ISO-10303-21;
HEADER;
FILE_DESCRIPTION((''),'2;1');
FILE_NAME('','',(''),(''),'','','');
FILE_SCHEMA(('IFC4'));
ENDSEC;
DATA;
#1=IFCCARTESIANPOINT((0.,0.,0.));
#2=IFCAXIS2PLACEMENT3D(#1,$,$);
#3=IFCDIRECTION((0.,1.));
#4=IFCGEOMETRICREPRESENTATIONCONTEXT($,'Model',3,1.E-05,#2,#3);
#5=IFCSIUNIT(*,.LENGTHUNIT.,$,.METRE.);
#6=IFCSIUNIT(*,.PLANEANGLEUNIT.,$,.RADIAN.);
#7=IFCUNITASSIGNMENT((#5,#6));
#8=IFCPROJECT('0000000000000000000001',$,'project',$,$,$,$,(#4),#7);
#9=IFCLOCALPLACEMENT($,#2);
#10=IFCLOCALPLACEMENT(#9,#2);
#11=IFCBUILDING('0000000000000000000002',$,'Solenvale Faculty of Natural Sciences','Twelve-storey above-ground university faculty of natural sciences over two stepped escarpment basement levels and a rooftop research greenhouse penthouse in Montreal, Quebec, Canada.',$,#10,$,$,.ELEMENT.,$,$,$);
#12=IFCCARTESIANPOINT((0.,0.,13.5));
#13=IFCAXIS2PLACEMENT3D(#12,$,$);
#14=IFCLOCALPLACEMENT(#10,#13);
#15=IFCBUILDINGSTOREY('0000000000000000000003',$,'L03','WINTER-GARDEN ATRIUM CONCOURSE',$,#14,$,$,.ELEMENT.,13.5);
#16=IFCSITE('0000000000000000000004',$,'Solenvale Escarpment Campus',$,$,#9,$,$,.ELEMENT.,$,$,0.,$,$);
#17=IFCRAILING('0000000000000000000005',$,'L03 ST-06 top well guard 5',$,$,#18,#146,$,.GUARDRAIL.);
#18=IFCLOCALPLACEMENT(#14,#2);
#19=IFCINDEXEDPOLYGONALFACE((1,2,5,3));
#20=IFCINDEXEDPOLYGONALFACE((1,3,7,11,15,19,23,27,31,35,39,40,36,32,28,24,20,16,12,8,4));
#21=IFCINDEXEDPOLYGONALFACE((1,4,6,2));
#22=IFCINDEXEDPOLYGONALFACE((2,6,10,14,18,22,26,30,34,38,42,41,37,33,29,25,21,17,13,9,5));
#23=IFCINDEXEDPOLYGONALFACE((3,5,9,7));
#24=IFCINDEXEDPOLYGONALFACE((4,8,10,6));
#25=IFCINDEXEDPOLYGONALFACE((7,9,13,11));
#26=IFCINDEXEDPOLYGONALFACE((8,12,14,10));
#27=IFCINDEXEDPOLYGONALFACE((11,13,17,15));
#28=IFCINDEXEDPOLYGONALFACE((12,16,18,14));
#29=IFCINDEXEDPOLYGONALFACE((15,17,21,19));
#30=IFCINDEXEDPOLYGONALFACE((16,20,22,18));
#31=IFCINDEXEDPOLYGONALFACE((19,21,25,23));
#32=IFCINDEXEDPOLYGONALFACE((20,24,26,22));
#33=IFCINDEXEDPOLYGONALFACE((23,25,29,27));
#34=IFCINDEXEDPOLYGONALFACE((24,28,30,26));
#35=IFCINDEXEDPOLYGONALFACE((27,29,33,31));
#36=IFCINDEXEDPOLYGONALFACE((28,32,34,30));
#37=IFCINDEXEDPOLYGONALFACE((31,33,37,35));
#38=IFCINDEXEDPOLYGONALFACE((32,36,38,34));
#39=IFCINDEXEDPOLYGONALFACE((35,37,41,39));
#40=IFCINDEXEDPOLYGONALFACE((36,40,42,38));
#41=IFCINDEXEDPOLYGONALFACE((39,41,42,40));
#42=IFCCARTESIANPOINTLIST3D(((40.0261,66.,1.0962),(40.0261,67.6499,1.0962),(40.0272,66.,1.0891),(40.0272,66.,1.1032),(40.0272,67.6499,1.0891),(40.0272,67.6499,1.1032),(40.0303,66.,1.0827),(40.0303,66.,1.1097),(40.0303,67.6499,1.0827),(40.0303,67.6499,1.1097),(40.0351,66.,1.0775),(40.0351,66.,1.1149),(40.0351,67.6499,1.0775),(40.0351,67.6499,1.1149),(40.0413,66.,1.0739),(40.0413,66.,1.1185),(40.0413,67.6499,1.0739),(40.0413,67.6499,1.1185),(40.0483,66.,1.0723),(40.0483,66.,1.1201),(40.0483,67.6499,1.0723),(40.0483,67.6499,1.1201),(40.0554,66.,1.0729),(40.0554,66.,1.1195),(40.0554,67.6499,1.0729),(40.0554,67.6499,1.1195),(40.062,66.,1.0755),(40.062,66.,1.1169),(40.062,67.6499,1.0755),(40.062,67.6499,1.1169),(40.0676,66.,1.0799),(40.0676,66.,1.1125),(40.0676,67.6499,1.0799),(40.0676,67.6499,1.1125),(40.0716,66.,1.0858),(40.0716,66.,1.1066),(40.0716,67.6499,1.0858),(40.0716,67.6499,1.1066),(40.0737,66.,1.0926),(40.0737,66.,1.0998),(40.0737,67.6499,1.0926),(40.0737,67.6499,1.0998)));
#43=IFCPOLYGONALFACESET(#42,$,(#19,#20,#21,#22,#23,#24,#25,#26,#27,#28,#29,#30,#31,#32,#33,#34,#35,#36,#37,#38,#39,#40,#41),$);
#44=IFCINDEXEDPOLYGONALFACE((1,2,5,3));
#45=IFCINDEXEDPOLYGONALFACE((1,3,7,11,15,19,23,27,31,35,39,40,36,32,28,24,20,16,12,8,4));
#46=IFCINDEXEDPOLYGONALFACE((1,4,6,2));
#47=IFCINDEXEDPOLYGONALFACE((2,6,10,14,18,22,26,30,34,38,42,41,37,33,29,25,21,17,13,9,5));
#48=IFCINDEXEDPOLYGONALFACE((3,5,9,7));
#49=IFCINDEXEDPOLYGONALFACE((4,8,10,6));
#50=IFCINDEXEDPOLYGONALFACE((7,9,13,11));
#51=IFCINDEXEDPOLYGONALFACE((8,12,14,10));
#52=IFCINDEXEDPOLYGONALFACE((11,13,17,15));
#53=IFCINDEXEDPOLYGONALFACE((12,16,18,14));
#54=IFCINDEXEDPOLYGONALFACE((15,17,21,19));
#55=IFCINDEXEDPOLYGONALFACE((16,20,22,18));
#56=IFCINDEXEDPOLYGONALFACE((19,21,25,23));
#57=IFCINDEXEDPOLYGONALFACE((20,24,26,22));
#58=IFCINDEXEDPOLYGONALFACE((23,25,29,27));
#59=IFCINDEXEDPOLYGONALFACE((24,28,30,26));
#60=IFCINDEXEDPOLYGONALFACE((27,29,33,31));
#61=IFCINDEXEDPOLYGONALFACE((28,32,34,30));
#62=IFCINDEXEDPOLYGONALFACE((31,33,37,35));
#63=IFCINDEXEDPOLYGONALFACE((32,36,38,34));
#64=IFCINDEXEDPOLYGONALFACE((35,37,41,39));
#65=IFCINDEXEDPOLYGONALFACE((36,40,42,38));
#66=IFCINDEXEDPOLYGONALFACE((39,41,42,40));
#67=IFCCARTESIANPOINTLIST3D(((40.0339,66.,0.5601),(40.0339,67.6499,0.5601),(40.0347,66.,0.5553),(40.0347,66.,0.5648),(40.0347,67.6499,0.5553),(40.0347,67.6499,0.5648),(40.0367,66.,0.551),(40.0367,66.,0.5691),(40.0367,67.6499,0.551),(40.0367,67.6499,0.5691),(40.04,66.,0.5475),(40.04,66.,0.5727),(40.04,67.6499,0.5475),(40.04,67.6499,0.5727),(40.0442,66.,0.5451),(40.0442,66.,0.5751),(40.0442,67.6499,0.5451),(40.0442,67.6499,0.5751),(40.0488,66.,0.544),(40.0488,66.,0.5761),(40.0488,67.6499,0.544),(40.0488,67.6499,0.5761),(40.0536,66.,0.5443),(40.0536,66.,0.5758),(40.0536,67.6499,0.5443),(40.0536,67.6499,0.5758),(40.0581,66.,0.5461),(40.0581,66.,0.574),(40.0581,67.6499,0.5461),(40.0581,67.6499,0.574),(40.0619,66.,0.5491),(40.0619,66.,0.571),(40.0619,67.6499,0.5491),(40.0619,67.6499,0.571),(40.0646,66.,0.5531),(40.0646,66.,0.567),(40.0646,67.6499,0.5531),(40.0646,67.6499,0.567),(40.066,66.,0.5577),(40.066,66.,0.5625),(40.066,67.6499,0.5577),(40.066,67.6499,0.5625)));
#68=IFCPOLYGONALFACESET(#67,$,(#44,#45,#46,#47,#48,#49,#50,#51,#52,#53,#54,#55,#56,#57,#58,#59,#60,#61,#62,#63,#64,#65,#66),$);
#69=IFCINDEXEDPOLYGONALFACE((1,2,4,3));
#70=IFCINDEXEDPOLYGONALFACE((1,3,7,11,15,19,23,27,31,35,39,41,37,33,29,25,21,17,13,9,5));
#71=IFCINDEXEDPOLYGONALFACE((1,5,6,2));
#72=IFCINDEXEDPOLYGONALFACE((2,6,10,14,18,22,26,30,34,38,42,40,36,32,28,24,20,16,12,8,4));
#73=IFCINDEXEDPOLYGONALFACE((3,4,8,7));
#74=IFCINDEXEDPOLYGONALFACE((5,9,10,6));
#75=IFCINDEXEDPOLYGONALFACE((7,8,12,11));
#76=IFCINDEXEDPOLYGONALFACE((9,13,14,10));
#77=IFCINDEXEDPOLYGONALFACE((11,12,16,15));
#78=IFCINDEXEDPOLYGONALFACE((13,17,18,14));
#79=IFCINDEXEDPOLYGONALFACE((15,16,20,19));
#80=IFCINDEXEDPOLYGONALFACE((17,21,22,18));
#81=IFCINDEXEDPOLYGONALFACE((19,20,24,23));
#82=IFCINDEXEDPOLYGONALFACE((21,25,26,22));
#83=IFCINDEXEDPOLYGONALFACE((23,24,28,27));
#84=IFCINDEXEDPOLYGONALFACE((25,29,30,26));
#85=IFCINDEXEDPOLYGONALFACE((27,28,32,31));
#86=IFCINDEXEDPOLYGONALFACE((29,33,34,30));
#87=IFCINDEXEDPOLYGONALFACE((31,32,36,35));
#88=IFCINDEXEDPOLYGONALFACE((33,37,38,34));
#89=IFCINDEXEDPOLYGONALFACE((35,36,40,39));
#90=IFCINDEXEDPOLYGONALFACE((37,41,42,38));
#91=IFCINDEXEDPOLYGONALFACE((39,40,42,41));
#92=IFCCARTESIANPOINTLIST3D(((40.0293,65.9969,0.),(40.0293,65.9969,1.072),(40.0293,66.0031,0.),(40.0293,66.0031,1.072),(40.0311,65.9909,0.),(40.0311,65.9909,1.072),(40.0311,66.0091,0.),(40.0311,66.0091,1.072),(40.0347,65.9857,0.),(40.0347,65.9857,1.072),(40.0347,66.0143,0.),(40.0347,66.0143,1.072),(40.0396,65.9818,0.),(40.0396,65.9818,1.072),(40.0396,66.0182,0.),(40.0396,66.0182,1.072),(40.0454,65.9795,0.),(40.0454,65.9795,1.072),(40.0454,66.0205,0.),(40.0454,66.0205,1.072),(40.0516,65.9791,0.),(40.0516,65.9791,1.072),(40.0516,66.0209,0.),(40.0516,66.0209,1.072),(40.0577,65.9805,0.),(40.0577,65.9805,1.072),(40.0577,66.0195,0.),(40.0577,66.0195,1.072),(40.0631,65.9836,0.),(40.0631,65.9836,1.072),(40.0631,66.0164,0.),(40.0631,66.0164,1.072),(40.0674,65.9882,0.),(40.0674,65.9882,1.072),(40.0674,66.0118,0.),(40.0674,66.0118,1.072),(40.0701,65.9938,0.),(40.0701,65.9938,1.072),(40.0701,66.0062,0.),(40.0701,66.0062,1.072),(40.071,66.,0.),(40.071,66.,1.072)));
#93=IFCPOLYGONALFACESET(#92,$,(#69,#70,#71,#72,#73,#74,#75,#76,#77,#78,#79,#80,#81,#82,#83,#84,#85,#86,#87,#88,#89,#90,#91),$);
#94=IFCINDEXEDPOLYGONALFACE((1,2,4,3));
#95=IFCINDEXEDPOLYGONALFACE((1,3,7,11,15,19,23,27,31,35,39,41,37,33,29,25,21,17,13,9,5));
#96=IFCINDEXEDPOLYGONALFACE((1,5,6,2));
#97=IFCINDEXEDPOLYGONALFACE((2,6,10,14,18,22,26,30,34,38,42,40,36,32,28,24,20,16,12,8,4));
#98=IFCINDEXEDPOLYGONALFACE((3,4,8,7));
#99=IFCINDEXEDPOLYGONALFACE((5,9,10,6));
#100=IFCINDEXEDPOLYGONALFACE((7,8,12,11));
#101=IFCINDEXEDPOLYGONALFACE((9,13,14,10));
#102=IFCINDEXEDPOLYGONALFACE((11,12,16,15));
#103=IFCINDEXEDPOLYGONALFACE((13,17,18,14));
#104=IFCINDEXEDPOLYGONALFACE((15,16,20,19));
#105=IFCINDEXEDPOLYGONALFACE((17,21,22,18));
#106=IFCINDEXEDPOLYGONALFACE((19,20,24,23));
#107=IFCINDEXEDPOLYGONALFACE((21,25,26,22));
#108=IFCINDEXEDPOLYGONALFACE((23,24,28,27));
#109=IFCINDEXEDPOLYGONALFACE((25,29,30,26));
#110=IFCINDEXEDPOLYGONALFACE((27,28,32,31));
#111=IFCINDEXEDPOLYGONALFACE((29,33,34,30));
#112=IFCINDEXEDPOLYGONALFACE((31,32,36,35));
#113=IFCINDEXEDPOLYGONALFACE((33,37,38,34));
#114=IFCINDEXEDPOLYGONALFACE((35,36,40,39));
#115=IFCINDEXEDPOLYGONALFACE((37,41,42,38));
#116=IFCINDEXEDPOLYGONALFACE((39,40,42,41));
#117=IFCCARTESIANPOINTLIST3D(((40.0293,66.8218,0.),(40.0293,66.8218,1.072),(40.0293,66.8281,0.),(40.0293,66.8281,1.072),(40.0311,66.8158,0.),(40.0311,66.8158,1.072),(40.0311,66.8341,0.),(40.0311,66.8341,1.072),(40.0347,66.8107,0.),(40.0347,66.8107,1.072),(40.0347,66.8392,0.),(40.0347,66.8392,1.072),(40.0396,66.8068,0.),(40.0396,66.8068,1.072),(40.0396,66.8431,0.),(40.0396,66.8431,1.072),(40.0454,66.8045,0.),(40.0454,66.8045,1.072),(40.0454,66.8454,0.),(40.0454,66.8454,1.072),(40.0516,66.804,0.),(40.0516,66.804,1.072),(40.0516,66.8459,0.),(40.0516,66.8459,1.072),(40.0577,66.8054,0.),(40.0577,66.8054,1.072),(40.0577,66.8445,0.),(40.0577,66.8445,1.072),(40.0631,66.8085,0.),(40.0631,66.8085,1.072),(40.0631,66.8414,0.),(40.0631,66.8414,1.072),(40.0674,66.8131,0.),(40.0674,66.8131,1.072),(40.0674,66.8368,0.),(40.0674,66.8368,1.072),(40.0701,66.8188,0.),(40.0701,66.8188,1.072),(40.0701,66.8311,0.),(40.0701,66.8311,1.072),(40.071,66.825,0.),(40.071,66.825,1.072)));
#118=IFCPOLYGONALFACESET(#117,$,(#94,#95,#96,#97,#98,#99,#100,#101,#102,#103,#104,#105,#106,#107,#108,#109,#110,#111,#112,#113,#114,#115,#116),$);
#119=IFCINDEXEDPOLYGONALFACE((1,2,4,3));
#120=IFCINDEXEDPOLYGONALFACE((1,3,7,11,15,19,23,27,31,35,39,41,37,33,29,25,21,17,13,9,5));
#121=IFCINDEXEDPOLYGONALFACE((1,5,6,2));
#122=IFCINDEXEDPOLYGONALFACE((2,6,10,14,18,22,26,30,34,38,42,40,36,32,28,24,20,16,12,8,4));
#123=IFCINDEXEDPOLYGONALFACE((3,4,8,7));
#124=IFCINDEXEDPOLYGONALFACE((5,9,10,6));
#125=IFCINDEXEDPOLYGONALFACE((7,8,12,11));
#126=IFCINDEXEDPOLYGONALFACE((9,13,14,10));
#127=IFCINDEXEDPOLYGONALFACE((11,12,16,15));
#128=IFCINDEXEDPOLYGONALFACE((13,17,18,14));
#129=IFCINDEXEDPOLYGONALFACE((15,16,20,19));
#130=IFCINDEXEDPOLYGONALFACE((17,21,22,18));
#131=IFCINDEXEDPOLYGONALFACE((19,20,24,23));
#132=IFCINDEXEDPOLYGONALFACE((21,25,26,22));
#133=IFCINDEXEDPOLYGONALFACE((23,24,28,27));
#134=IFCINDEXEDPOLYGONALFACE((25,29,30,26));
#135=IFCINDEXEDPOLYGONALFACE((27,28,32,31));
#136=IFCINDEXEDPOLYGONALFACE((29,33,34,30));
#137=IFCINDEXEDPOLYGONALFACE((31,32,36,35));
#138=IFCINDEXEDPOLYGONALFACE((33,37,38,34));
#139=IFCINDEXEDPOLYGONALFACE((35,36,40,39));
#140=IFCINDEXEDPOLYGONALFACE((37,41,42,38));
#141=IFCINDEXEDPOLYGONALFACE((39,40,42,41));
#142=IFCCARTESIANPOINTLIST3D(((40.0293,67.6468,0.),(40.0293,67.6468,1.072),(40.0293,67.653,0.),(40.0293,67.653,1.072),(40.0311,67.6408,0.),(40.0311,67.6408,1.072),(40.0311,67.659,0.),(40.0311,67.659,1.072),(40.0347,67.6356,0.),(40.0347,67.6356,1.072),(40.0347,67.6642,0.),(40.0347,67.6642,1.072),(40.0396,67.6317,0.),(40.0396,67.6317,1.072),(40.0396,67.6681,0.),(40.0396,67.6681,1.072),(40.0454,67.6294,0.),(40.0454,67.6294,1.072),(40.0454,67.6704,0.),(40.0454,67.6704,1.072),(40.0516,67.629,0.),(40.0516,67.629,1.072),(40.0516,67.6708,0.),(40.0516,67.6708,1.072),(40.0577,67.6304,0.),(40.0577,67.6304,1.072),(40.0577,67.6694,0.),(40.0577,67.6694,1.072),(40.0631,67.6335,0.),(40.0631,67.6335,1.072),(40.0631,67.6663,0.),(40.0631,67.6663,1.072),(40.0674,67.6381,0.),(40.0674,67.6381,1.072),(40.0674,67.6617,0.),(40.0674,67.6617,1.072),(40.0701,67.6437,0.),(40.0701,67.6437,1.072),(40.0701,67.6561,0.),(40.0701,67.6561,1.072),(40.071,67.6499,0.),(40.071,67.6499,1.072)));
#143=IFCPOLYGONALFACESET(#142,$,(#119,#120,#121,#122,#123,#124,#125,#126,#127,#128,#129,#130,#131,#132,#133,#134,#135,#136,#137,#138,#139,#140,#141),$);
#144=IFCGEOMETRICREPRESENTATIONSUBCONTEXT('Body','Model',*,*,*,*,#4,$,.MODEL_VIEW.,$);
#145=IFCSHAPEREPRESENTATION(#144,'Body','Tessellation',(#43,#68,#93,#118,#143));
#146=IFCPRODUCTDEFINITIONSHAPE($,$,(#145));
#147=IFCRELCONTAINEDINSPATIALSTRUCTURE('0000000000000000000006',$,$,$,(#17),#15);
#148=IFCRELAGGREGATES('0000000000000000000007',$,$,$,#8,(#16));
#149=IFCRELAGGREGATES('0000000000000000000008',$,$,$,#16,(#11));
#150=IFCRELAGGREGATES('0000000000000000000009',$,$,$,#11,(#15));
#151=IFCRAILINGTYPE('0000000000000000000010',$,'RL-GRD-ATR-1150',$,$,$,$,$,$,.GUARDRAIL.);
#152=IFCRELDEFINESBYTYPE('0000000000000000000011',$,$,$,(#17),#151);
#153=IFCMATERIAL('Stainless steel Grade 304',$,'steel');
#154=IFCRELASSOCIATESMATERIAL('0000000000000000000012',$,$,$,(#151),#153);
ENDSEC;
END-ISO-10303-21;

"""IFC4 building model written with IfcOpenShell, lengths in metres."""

from ifc_helpers import new_model, si_unit, direction, frame, origin, origin_2d, place, context, subcontext, project, spatial, circle, extrude, material, type_object, element, save


model = new_model("IFC4")

# Units and contexts
model_context = context("Model", 3, precision=1e-05, world=origin(), true_north=direction((0.0, 1.0)))
body_context = subcontext(model_context, "Body", "Model", "MODEL_VIEW")
ifc_project = project(units=[si_unit("LENGTHUNIT", "METRE"), si_unit("PLANEANGLEUNIT", "RADIAN")], contexts=[model_context])

# Site, building, storey
site_placement = place(None, origin())
site = spatial("IfcSite", under=ifc_project, at=site_placement, Name="Solenvale Escarpment Campus", CompositionType="ELEMENT", RefElevation=0.0)
building_placement = place(site_placement, origin())
building = spatial("IfcBuilding", under=site, at=building_placement, Name="Solenvale Faculty of Natural Sciences", Description="Twelve-storey above-ground university faculty of natural sciences over two stepped escarpment basement levels and a rooftop research greenhouse penthouse in Montreal, Quebec, Canada.", CompositionType="ELEMENT")
storey_placement = place(building_placement, frame((0.0, 0.0, 13.5)))
storey = spatial("IfcBuildingStorey", under=building, at=storey_placement, Name="L03", Description="WINTER-GARDEN ATRIUM CONCOURSE", CompositionType="ELEMENT", Elevation=13.5)

# Railing
ifc_material_1 = material(Name="Stainless steel Grade 304", Category="steel")
railing_type = type_object("IfcRailingType", Name="RL-GRD-ATR-1150", PredefinedType="GUARDRAIL", material=ifc_material_1)
for number, where, name in (
    (1, (40.05, 66.0, 0.0), "L03 ST-06 top well guard 5"),
):
    element("IfcRailing", number, at=place(storey_placement, frame(where)), inside=storey, type_object=railing_type, Name=name, PredefinedType="GUARDRAIL", context=body_context, shape_type="SweptSolid", body=[
        extrude(circle(Radius=0.0239, at=origin_2d()), frame((0.0, 0.0, 1.0962), z_axis=(0.0, 1.0, 0.0), x_axis=(-1.0, 0.0, 0.0)), (0.0, 0.0, 1.0), 1.6499),
        extrude(circle(Radius=0.0161, at=origin_2d()), frame((0.0, 0.0, 0.5601), z_axis=(0.0, 1.0, 0.0), x_axis=(-1.0, 0.0, 0.0)), (0.0, 0.0, 1.0), 1.6499),
        extrude(circle(Radius=0.021, at=origin_2d()), origin(), (0.0, 0.0, 1.0), 1.072),
        extrude(circle(Radius=0.021, at=origin_2d()), frame((0.0, 0.825, 0.0)), (0.0, 0.0, 1.0), 1.072),
        extrude(circle(Radius=0.021, at=origin_2d()), frame((0.0, 1.6499, 0.0)), (0.0, 0.0, 1.0), 1.072),
    ])

save(model, "model.ifc")
